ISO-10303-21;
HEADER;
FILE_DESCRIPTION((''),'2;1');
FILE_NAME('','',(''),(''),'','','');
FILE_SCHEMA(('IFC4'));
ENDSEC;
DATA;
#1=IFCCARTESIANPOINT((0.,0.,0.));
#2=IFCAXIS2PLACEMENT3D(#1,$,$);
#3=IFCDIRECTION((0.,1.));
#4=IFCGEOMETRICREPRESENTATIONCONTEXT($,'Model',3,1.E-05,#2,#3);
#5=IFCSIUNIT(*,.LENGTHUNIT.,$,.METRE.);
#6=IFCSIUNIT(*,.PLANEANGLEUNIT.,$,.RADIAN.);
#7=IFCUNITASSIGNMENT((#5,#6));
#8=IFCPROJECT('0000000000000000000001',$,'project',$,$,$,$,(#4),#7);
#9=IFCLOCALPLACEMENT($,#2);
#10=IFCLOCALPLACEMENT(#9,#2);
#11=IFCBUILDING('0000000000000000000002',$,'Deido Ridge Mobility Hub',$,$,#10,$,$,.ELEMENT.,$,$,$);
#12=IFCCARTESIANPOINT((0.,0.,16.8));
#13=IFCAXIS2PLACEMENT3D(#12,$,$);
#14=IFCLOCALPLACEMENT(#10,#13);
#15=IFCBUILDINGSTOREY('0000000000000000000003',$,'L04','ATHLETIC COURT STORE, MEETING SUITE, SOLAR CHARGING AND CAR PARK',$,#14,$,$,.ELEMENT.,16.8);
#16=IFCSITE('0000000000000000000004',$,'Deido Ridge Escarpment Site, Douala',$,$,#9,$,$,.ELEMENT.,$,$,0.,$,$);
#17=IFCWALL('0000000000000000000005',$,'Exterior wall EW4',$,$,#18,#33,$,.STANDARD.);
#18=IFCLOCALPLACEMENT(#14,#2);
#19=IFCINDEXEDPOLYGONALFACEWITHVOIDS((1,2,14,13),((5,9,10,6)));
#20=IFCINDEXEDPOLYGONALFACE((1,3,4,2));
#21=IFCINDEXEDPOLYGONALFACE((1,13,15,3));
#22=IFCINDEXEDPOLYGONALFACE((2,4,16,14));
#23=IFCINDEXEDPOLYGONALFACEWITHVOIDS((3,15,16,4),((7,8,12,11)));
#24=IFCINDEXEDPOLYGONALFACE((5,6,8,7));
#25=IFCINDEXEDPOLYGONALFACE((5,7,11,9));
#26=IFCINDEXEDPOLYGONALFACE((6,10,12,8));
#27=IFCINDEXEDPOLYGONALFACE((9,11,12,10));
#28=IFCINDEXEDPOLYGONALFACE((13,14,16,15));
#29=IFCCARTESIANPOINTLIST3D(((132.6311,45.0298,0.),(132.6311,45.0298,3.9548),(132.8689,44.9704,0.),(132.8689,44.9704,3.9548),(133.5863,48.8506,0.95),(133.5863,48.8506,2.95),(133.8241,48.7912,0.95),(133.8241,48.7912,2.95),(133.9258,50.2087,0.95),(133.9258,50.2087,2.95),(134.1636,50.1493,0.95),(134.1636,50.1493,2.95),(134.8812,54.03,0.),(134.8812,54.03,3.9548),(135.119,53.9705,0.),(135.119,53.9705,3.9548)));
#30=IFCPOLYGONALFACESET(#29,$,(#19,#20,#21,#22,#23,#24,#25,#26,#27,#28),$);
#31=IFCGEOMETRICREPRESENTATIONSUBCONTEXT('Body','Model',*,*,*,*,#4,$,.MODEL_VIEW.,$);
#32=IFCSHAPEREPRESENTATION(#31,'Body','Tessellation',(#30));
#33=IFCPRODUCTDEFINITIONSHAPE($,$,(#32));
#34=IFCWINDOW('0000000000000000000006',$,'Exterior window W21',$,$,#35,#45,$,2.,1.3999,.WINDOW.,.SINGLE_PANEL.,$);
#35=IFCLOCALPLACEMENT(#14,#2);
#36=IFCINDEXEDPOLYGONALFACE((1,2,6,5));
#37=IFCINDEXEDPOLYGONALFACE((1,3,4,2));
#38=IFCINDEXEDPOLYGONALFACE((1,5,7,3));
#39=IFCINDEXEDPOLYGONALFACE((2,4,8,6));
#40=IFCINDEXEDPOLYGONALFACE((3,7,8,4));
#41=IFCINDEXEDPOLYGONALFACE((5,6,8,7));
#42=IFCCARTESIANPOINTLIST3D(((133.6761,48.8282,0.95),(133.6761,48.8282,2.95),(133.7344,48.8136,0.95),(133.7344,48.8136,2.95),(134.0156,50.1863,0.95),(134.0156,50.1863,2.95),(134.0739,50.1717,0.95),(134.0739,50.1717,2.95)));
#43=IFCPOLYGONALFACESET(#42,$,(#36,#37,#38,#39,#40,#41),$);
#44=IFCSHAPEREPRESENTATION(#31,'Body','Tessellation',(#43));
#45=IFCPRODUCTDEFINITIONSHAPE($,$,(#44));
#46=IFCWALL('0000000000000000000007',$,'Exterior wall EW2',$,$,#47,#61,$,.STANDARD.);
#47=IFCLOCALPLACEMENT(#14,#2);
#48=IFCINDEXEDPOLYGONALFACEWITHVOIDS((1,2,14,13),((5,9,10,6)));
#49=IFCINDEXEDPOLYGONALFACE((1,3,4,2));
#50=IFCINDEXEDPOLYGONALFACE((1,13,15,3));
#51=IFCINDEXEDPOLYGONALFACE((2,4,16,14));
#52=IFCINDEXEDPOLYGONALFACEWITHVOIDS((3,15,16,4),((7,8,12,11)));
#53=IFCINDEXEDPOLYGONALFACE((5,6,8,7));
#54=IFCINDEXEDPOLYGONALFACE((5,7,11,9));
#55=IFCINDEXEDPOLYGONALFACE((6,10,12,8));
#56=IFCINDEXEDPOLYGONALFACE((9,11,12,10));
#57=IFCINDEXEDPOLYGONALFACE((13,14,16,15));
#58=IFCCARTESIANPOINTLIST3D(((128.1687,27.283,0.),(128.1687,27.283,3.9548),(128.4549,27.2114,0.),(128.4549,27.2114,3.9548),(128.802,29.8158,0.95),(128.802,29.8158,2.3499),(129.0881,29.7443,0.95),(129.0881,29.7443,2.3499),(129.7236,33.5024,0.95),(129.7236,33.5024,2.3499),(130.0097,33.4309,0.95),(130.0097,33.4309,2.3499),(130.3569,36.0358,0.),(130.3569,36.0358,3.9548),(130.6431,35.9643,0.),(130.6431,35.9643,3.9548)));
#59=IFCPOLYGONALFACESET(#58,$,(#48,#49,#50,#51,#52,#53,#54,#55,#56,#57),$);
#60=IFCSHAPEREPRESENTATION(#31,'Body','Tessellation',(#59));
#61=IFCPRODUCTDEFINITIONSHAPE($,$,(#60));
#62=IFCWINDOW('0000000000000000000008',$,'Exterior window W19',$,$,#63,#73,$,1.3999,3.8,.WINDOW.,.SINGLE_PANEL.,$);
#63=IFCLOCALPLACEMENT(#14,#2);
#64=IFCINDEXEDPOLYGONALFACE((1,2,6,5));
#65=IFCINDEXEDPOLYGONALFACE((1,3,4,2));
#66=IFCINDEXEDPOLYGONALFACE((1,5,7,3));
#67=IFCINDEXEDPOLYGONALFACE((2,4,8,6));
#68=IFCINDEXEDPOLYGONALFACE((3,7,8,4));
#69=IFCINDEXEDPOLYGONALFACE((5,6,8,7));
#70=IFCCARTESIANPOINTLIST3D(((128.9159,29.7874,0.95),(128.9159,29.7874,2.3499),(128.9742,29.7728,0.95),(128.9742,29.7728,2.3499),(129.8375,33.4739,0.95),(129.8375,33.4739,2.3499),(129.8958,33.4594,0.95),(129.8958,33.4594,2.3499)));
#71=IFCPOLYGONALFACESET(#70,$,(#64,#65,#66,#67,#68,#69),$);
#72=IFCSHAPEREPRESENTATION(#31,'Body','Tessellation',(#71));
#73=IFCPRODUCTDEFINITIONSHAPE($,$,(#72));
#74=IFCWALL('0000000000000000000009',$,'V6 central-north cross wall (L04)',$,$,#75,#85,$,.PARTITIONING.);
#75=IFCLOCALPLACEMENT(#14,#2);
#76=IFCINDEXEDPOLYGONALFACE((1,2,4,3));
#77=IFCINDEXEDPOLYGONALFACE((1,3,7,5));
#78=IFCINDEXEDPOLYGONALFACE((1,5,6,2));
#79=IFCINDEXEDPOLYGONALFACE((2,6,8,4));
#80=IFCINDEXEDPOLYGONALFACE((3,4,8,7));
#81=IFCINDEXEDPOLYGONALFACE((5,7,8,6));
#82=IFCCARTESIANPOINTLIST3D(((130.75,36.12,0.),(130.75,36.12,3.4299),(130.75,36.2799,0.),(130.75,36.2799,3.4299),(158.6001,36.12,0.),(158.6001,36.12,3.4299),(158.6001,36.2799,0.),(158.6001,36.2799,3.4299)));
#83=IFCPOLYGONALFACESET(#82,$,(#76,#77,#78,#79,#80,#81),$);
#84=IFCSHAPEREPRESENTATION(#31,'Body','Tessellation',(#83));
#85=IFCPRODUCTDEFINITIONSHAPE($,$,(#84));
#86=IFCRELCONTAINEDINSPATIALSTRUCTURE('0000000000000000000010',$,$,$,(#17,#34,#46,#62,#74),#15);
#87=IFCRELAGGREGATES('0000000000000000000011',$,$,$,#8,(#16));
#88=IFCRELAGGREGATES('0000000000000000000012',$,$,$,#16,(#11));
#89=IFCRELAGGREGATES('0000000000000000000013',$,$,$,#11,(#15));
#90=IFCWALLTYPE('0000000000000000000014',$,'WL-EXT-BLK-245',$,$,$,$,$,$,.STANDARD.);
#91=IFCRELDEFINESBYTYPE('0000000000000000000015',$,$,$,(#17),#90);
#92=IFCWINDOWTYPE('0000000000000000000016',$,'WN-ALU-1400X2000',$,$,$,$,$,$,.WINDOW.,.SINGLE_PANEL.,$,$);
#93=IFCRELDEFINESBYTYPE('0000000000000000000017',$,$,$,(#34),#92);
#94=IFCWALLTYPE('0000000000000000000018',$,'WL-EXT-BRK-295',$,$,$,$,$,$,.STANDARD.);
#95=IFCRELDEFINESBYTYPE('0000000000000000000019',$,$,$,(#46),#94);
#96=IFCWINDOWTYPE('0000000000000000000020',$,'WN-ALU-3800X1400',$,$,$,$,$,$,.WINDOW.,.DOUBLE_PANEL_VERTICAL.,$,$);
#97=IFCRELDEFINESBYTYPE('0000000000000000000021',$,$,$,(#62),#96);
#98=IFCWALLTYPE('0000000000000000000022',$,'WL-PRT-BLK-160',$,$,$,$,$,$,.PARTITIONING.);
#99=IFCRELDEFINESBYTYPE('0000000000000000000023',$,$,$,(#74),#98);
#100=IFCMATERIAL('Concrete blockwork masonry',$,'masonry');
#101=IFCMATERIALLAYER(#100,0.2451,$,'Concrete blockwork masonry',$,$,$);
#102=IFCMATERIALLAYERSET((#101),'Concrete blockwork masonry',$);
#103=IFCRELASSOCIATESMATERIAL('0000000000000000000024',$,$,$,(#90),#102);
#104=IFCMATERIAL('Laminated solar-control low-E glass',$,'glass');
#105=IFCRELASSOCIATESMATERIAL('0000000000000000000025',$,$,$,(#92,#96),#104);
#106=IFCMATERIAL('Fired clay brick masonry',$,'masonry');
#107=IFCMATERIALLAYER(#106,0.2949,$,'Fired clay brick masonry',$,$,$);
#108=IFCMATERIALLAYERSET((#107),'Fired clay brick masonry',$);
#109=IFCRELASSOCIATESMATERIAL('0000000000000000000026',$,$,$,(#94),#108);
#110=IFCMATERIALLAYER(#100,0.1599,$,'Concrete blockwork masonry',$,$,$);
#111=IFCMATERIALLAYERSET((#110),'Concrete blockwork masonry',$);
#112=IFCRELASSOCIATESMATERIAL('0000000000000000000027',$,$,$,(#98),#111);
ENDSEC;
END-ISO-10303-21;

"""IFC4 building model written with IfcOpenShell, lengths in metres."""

from ifc_helpers import new_model, si_unit, direction, frame, frame_2d, origin, place, context, subcontext, project, spatial, rectangle, extrude, material, layer, layer_set, type_object, element, fill, save


model = new_model("IFC4")

# Units and contexts
model_context = context("Model", 3, precision=1e-05, world=origin(), true_north=direction((0.0, 1.0)))
body_context = subcontext(model_context, "Body", "Model", "MODEL_VIEW")
ifc_project = project(units=[si_unit("LENGTHUNIT", "METRE"), si_unit("PLANEANGLEUNIT", "RADIAN")], contexts=[model_context])

# Site, building, storey
site_placement = place(None, origin())
site = spatial("IfcSite", under=ifc_project, at=site_placement, Name="Deido Ridge Escarpment Site, Douala", CompositionType="ELEMENT", RefElevation=0.0)
building_placement = place(site_placement, origin())
building = spatial("IfcBuilding", under=site, at=building_placement, Name="Deido Ridge Mobility Hub", CompositionType="ELEMENT")
storey_placement = place(building_placement, frame((0.0, 0.0, 16.8)))
storey = spatial("IfcBuildingStorey", under=building, at=storey_placement, Name="L04", Description="ATHLETIC COURT STORE, MEETING SUITE, SOLAR CHARGING AND CAR PARK", CompositionType="ELEMENT", Elevation=16.8)

# Shared definitions
ifc_material_1 = material(Name="Laminated solar-control low-E glass", Category="glass")

# Walls, openings, windows
ifc_material_2 = material(Name="Concrete blockwork masonry", Category="masonry")
ifc_layer_1 = layer(ifc_material_2, 0.2451, Name="Concrete blockwork masonry")
ifc_layer_set_1 = layer_set([ifc_layer_1], Name="Concrete blockwork masonry")
wall_type_1 = type_object("IfcWallType", Name="WL-EXT-BLK-245", PredefinedType="STANDARD", material=ifc_layer_set_1)
wall_1_placement = place(storey_placement, frame((132.75, 45.0, 0.0), z_axis=(0.0, 0.0, 1.0), x_axis=(0.242536, 0.970143, 0.0)))
wall_1 = element("IfcWall", 1, at=wall_1_placement, inside=storey, type_object=wall_type_1, Name="Exterior wall EW4", PredefinedType="STANDARD", context=body_context, shape_type="SweptSolid", body=[
    extrude(rectangle(XDim=9.2771, YDim=0.2451, at=frame_2d((4.6387, 0.0))), origin(), (0.0, 0.0, 1.0), 3.9548),
])
opening_1_placement = place(wall_1_placement, frame((3.9385, 0.0, 0.95)))
opening_1 = element("IfcOpeningElement", 2, at=opening_1_placement, cuts=wall_1, PredefinedType="OPENING", context=body_context, shape_type="SweptSolid", body=[
    extrude(rectangle(XDim=1.3999, YDim=2.0, at=frame_2d((0.7, 1.0))), frame((0.0, 0.1326, 0.0), z_axis=(0.0, -1.0, 0.0), x_axis=(1.0, 0.0, 0.0)), (0.0, 0.0, 1.0), 0.2651),
])
window_type_1 = type_object("IfcWindowType", Name="WN-ALU-1400X2000", PartitioningType="SINGLE_PANEL", PredefinedType="WINDOW", material=ifc_material_1)
window_1_placement = place(opening_1_placement, origin())
window_1 = element("IfcWindow", 3, at=window_1_placement, inside=storey, type_object=window_type_1, Name="Exterior window W21", OverallHeight=2.0, OverallWidth=1.3999, PartitioningType="SINGLE_PANEL", PredefinedType="WINDOW", context=body_context, shape_type="SweptSolid", body=[
    extrude(rectangle(XDim=1.3999, YDim=2.0, at=frame_2d((0.7, 1.0))), frame((0.0, 0.03, 0.0), z_axis=(0.0, -1.0, 0.0), x_axis=(1.0, 0.0, 0.0)), (0.0, 0.0, 1.0), 0.0601),
])
fill(opening_1, window_1)
ifc_material_3 = material(Name="Fired clay brick masonry", Category="masonry")
ifc_layer_2 = layer(ifc_material_3, 0.2949, Name="Fired clay brick masonry")
ifc_layer_set_2 = layer_set([ifc_layer_2], Name="Fired clay brick masonry")
wall_type_2 = type_object("IfcWallType", Name="WL-EXT-BRK-295", PredefinedType="STANDARD", material=ifc_layer_set_2)
wall_2_placement = place(storey_placement, frame((128.3118, 27.2471, 0.0), z_axis=(0.0, 0.0, 1.0), x_axis=(0.242536, 0.970143, 0.0)))
wall_2 = element("IfcWall", 4, at=wall_2_placement, inside=storey, type_object=wall_type_2, Name="Exterior wall EW2", PredefinedType="STANDARD", context=body_context, shape_type="SweptSolid", body=[
    extrude(rectangle(XDim=9.0222, YDim=0.2949, at=frame_2d((4.5112, 0.0))), origin(), (0.0, 0.0, 1.0), 3.9548),
])
opening_2_placement = place(wall_2_placement, frame((2.6111, 0.0, 0.95)))
opening_2 = element("IfcOpeningElement", 5, at=opening_2_placement, cuts=wall_2, PredefinedType="OPENING", context=body_context, shape_type="SweptSolid", body=[
    extrude(rectangle(XDim=3.8, YDim=1.3999, at=frame_2d((1.8999, 0.7))), frame((0.0, 0.1575, 0.0), z_axis=(0.0, -1.0, 0.0), x_axis=(1.0, 0.0, 0.0)), (0.0, 0.0, 1.0), 0.3149),
])
window_type_2 = type_object("IfcWindowType", Name="WN-ALU-3800X1400", PartitioningType="DOUBLE_PANEL_VERTICAL", PredefinedType="WINDOW", material=ifc_material_1)
window_2_placement = place(opening_2_placement, origin())
window_2 = element("IfcWindow", 6, at=window_2_placement, inside=storey, type_object=window_type_2, Name="Exterior window W19", OverallHeight=1.3999, OverallWidth=3.8, PartitioningType="SINGLE_PANEL", PredefinedType="WINDOW", context=body_context, shape_type="SweptSolid", body=[
    extrude(rectangle(XDim=3.8, YDim=1.3999, at=frame_2d((1.8999, 0.7))), frame((0.0, 0.03, 0.0), z_axis=(0.0, -1.0, 0.0), x_axis=(1.0, 0.0, 0.0)), (0.0, 0.0, 1.0), 0.0601),
])
fill(opening_2, window_2)

# Wall
ifc_layer_3 = layer(ifc_material_2, 0.1599, Name="Concrete blockwork masonry")
ifc_layer_set_3 = layer_set([ifc_layer_3], Name="Concrete blockwork masonry")
wall_type_3 = type_object("IfcWallType", Name="WL-PRT-BLK-160", PredefinedType="PARTITIONING", material=ifc_layer_set_3)
wall_3_placement = place(storey_placement, frame((130.75, 36.2, 0.0), z_axis=(0.0, 0.0, 1.0), x_axis=(1.0, 0.0, 0.0)))
element("IfcWall", 7, at=wall_3_placement, inside=storey, type_object=wall_type_3, Name="V6 central-north cross wall (L04)", PredefinedType="PARTITIONING", context=body_context, shape_type="SweptSolid", body=[
    extrude(rectangle(XDim=27.8501, YDim=0.1599, at=frame_2d((13.925, 0.0))), origin(), (0.0, 0.0, 1.0), 3.4299),
])

save(model, "model.ifc")
